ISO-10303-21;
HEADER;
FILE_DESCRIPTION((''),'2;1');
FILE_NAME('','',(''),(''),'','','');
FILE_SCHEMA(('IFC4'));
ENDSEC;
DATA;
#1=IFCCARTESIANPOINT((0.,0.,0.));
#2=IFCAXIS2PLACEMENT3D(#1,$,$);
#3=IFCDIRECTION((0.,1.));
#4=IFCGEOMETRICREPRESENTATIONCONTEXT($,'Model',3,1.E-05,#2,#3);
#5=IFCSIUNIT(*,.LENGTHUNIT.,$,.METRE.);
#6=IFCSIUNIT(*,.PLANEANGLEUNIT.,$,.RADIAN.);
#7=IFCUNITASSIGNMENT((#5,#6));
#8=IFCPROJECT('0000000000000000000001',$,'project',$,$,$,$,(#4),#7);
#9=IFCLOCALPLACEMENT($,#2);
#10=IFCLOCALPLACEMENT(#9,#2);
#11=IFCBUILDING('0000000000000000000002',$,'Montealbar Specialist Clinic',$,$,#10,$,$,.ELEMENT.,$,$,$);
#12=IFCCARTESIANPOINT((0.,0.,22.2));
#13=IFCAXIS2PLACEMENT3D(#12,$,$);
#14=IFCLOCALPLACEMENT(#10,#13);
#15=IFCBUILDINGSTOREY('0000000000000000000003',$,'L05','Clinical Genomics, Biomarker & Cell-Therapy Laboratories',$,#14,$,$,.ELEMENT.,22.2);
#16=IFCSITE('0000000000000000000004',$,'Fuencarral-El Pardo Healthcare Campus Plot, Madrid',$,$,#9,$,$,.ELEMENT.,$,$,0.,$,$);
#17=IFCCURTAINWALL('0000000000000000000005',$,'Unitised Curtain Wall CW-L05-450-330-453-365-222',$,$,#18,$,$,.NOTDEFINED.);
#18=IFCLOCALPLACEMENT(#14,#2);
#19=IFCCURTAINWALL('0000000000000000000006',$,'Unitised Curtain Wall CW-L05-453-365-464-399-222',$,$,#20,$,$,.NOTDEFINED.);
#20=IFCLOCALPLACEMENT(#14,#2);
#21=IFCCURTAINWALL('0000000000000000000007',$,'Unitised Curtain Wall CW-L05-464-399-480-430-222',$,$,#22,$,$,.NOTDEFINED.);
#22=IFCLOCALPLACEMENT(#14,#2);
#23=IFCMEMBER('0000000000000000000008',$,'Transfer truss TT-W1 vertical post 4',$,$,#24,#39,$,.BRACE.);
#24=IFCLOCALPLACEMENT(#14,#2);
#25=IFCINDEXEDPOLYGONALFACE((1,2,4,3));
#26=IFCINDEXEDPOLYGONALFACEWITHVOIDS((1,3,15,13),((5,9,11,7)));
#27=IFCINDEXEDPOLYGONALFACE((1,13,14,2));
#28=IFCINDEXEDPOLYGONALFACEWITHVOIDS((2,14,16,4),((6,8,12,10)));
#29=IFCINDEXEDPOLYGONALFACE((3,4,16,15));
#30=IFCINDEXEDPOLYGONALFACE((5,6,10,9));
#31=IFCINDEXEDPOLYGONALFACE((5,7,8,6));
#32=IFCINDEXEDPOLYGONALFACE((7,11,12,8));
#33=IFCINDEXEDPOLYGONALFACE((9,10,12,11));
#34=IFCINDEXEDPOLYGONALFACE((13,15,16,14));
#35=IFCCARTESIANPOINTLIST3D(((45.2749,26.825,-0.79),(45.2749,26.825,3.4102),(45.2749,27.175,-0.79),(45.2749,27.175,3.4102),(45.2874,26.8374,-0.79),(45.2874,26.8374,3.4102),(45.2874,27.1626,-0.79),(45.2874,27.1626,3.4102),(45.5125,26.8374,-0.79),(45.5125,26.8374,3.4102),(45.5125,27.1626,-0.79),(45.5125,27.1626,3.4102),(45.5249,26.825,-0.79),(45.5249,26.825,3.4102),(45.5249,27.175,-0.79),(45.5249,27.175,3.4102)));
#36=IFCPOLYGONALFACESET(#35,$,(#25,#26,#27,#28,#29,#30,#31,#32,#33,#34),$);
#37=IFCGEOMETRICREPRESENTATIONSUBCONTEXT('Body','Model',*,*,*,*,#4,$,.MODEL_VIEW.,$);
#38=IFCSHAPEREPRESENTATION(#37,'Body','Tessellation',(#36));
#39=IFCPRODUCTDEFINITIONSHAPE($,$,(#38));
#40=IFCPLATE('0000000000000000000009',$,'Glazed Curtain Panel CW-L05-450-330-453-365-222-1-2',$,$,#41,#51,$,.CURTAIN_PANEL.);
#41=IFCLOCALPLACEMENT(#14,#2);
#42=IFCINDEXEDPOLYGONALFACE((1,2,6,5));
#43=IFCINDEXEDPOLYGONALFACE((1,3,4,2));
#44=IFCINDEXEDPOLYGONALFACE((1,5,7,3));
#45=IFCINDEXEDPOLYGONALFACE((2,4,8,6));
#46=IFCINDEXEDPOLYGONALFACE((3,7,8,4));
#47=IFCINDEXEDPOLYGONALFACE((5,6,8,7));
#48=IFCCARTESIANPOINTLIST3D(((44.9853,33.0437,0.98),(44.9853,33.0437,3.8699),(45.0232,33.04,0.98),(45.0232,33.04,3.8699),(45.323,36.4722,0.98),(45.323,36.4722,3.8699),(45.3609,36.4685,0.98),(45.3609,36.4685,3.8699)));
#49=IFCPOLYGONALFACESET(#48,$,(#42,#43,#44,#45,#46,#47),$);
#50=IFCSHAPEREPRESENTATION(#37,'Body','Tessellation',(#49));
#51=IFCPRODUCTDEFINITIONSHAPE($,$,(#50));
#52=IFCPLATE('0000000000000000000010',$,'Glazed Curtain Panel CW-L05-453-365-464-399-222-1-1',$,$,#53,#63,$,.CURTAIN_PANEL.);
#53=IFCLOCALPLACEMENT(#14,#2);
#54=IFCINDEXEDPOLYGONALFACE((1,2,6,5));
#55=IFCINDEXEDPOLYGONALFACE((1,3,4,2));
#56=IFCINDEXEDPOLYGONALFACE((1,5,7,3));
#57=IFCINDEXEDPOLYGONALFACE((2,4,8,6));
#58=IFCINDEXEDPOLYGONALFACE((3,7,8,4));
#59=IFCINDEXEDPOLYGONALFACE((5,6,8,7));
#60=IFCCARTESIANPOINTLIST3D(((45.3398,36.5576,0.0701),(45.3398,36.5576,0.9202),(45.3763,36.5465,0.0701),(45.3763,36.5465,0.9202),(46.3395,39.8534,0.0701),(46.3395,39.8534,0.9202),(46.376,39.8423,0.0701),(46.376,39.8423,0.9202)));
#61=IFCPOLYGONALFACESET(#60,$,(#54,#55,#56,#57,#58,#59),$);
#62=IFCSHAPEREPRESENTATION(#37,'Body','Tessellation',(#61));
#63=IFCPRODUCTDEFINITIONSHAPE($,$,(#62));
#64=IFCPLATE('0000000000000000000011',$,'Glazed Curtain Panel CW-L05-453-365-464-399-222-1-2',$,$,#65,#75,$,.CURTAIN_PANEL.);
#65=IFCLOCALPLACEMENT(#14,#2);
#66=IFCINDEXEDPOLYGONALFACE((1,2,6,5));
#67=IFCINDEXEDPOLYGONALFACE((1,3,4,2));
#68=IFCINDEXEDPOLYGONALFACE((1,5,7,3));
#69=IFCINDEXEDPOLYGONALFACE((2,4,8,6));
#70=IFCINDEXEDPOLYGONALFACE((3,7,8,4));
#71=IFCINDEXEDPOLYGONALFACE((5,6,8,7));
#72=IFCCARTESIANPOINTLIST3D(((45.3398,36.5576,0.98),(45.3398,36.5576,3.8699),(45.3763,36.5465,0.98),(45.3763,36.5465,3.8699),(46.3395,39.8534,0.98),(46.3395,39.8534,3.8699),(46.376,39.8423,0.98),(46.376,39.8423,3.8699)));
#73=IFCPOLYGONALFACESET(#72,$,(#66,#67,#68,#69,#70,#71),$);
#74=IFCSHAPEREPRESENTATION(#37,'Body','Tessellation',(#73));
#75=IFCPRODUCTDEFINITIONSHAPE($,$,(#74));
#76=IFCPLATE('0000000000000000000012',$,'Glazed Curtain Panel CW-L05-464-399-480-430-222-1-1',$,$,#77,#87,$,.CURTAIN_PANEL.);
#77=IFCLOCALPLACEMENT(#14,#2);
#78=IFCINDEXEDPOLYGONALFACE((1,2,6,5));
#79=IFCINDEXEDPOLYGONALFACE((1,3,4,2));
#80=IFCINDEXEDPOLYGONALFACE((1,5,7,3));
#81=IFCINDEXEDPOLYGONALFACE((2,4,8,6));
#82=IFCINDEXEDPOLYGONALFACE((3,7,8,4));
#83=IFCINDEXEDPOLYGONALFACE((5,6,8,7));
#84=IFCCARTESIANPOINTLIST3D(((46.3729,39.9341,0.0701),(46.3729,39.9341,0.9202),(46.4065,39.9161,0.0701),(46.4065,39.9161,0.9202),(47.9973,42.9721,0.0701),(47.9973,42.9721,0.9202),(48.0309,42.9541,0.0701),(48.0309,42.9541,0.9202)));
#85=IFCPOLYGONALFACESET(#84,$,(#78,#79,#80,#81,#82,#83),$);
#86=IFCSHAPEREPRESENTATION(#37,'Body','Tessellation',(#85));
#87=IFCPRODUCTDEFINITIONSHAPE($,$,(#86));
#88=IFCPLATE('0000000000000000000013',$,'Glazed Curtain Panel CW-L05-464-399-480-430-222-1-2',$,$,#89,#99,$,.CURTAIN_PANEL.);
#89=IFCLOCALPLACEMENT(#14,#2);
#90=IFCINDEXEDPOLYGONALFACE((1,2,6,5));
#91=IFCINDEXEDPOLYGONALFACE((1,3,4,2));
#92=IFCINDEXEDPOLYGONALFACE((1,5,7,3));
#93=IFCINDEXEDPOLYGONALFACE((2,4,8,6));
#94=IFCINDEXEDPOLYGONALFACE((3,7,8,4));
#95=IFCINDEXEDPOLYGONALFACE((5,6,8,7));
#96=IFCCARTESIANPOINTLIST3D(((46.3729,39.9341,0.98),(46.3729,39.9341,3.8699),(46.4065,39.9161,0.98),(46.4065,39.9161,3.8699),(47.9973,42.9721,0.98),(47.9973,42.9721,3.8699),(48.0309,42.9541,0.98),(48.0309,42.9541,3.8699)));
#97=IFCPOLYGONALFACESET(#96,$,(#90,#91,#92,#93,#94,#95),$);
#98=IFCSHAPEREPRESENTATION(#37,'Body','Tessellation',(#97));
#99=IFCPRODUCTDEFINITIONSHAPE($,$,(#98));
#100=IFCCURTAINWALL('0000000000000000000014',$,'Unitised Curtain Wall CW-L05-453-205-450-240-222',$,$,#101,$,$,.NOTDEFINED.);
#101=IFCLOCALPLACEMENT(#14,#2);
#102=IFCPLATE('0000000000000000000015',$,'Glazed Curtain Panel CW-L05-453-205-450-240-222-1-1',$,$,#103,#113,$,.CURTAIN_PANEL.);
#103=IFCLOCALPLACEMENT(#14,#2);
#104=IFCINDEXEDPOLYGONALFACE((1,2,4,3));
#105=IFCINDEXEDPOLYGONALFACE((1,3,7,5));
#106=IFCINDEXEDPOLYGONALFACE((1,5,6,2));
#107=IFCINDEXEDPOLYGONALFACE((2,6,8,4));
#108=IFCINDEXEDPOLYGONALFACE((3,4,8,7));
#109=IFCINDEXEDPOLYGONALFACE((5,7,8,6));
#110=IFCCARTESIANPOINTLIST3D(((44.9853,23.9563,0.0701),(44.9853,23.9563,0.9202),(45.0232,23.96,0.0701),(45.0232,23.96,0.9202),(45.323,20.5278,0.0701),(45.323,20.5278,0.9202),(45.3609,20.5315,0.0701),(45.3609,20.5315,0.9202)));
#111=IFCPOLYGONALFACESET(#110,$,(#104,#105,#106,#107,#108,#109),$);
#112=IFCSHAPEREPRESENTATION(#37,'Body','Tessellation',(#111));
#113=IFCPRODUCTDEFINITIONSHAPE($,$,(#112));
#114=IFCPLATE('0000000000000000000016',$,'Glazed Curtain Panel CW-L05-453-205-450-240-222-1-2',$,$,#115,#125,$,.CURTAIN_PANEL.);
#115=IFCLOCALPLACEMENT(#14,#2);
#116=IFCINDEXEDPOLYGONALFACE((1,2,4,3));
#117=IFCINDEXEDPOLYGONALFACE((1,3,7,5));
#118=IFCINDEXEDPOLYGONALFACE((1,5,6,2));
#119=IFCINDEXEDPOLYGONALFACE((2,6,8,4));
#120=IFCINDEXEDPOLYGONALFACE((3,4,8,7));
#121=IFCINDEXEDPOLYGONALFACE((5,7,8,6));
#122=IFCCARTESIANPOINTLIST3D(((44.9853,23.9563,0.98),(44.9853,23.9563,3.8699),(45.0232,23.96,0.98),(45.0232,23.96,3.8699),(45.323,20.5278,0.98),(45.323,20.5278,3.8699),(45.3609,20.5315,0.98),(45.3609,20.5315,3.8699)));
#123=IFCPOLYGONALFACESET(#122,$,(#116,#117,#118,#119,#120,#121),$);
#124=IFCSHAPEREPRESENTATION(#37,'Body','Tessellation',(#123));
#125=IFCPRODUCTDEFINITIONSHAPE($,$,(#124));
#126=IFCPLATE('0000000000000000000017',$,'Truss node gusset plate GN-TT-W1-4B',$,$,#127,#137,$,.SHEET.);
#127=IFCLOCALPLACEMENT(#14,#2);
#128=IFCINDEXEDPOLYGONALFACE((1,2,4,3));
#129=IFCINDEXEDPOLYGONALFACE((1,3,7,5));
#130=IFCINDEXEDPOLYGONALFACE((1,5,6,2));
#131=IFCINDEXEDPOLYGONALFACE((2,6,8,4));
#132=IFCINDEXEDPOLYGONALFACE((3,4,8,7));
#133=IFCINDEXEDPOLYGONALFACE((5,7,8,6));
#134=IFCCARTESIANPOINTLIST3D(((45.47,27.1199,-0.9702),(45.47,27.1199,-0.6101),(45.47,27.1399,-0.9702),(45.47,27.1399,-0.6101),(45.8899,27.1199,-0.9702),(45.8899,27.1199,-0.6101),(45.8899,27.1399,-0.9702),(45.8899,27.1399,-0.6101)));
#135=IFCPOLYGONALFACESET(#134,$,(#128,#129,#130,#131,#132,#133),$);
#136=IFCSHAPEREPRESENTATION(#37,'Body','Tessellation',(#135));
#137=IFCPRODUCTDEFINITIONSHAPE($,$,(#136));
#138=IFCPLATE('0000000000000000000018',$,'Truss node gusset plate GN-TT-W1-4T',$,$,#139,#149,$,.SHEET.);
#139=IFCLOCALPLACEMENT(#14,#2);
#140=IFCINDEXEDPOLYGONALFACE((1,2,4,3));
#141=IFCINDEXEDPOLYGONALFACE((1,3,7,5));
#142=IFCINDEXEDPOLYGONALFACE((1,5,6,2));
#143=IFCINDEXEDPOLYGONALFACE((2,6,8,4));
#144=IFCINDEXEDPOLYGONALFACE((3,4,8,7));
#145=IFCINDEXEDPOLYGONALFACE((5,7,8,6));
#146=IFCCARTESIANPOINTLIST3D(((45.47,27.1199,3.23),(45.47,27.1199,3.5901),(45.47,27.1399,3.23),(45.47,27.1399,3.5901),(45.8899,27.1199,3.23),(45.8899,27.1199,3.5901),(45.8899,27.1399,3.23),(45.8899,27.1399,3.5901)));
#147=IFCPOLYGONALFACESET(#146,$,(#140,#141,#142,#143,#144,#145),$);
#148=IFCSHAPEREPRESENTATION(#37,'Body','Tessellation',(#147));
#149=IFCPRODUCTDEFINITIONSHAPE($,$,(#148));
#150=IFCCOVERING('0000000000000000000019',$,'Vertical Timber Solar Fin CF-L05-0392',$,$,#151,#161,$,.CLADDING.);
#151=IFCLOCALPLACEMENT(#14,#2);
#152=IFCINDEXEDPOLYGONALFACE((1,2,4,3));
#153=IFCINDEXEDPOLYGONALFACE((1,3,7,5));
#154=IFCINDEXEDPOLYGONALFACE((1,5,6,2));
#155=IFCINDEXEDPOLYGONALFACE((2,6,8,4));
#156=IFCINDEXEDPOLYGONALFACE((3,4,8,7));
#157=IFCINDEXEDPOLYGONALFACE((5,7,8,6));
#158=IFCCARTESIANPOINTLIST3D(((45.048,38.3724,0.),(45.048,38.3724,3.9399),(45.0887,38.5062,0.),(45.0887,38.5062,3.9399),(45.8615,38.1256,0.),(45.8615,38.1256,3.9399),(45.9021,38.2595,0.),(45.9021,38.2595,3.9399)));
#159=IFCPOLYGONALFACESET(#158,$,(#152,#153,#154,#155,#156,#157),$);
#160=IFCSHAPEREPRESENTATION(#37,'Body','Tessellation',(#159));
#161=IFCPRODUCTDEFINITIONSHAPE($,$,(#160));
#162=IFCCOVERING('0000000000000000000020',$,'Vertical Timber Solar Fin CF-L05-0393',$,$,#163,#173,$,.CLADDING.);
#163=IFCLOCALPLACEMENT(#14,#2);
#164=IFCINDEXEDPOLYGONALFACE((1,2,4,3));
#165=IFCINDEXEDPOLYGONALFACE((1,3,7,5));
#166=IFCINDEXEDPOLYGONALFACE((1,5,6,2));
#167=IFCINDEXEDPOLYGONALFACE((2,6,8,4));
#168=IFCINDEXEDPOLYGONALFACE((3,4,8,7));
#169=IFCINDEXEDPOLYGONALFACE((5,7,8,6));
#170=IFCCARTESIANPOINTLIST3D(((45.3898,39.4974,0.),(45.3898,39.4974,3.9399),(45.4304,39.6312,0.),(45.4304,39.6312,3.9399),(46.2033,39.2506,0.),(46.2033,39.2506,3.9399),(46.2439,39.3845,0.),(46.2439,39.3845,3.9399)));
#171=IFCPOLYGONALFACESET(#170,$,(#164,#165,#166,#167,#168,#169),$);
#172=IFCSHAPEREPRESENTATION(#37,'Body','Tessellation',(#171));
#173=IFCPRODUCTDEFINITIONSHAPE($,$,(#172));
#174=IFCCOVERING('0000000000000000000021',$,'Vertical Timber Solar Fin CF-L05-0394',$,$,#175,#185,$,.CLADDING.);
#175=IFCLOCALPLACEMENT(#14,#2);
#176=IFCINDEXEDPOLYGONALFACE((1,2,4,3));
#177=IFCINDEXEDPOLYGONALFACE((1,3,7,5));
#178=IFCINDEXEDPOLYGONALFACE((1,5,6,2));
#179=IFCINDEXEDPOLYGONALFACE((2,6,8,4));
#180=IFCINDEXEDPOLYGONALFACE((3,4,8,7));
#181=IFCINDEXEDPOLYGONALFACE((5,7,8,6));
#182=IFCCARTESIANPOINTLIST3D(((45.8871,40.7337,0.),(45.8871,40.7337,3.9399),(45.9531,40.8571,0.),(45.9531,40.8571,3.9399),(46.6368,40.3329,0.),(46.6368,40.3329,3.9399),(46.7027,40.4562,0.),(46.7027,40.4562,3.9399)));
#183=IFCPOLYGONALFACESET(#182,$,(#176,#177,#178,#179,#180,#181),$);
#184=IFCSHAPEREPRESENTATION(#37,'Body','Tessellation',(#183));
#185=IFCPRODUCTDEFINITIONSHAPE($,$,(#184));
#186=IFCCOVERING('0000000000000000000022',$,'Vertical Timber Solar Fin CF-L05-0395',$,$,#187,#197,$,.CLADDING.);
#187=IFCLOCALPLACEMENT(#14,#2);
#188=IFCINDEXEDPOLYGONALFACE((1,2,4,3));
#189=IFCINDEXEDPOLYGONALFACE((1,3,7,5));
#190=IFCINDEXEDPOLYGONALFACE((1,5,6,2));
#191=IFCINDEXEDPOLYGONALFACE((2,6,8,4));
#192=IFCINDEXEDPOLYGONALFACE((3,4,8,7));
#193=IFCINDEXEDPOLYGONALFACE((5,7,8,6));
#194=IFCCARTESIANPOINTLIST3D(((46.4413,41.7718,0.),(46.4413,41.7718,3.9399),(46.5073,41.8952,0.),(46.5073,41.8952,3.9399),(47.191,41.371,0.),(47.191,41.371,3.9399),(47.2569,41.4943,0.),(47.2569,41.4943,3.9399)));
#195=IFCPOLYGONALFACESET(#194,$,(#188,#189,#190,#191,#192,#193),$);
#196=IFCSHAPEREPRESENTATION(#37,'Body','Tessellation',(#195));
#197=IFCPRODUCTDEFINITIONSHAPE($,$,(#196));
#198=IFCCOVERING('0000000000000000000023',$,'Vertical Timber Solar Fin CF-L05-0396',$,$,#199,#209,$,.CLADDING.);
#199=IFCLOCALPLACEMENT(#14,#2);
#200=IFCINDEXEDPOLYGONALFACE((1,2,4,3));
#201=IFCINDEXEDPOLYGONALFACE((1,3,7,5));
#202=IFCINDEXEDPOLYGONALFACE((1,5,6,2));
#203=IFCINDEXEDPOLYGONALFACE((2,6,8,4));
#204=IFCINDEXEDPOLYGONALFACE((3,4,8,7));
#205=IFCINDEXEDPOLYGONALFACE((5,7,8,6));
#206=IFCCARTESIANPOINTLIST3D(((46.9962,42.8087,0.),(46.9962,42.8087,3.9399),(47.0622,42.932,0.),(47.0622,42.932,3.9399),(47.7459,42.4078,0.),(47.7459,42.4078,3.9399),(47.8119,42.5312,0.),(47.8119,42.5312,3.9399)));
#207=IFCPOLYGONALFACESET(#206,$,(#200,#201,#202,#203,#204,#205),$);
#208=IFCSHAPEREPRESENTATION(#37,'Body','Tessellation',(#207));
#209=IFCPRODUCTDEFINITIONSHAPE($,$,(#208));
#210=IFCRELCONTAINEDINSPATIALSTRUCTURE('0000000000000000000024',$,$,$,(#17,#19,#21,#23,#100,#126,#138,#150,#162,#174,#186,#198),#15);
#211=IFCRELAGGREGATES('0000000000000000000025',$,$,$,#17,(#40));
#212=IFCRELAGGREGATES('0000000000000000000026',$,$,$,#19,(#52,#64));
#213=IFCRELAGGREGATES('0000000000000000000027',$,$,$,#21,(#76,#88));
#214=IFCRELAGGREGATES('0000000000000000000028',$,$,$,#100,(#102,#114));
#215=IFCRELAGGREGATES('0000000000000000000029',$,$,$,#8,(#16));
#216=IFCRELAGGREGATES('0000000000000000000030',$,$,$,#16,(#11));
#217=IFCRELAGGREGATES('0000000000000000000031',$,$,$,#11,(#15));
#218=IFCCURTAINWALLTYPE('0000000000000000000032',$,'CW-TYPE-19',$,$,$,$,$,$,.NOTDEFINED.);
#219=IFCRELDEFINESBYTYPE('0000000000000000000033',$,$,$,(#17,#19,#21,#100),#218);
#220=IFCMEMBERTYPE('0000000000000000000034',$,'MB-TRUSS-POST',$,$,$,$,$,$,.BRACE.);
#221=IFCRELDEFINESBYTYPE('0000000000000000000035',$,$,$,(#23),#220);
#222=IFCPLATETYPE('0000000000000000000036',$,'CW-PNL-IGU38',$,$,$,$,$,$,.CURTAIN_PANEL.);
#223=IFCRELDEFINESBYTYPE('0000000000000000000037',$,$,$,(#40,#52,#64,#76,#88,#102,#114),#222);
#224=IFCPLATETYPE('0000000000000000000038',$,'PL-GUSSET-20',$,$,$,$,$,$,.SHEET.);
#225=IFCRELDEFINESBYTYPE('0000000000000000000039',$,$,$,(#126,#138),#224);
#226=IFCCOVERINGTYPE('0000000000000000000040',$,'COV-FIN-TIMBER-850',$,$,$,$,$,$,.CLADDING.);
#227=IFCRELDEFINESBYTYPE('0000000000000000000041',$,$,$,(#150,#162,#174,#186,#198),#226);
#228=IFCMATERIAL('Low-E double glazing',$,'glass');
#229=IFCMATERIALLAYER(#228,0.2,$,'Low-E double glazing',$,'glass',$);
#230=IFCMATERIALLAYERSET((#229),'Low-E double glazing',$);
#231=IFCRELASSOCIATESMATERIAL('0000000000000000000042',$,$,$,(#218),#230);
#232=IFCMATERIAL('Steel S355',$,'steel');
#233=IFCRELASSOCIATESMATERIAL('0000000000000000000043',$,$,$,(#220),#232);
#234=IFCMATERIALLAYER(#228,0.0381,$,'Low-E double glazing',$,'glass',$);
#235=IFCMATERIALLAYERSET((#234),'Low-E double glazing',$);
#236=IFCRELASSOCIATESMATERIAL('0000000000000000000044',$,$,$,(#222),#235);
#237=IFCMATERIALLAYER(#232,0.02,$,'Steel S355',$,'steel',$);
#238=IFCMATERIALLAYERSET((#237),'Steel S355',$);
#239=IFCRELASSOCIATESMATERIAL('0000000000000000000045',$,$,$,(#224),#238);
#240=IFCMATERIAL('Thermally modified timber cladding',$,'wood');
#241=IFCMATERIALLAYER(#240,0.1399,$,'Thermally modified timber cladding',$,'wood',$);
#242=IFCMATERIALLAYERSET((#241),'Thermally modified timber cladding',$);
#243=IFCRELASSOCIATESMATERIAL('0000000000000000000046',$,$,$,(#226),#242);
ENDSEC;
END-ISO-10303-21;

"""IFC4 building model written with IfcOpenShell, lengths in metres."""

from ifc_helpers import new_model, si_unit, direction, frame, origin, origin_2d, place, context, subcontext, project, spatial, rectangle, hollow_rectangle, extrude, material, layer, layer_set, material_profile, profile_set, type_object, element, aggregate, save


model = new_model("IFC4")

# Units and contexts
model_context = context("Model", 3, precision=1e-05, world=origin(), true_north=direction((0.0, 1.0)))
body_context = subcontext(model_context, "Body", "Model", "MODEL_VIEW")
ifc_project = project(units=[si_unit("LENGTHUNIT", "METRE"), si_unit("PLANEANGLEUNIT", "RADIAN")], contexts=[model_context])

# Site, building, storey
site_placement = place(None, origin())
site = spatial("IfcSite", under=ifc_project, at=site_placement, Name="Fuencarral-El Pardo Healthcare Campus Plot, Madrid", CompositionType="ELEMENT", RefElevation=0.0)
building_placement = place(site_placement, origin())
building = spatial("IfcBuilding", under=site, at=building_placement, Name="Montealbar Specialist Clinic", CompositionType="ELEMENT")
storey_placement = place(building_placement, frame((0.0, 0.0, 22.2)))
storey = spatial("IfcBuildingStorey", under=building, at=storey_placement, Name="L05", Description="Clinical Genomics, Biomarker & Cell-Therapy Laboratories", CompositionType="ELEMENT", Elevation=22.2)

# Shared definitions
ifc_material_1 = material(Name="Steel S355", Category="steel")

# Curtain wall
ifc_material_2 = material(Name="Low-E double glazing", Category="glass")
ifc_layer_1 = layer(ifc_material_2, 0.2, Name="Low-E double glazing", Category="glass")
ifc_layer_set_1 = layer_set([ifc_layer_1], Name="Low-E double glazing")
curtain_wall_type = type_object("IfcCurtainWallType", Name="CW-TYPE-19", PredefinedType="NOTDEFINED", material=ifc_layer_set_1)
curtain_wall_1_placement = place(storey_placement, origin())
curtain_wall_1 = element("IfcCurtainWall", 1, at=curtain_wall_1_placement, inside=storey, type_object=curtain_wall_type, Name="Unitised Curtain Wall CW-L05-450-330-453-365-222", PredefinedType="NOTDEFINED")

# Curtain wall
curtain_wall_2_placement = place(storey_placement, origin())
curtain_wall_2 = element("IfcCurtainWall", 2, at=curtain_wall_2_placement, inside=storey, type_object=curtain_wall_type, Name="Unitised Curtain Wall CW-L05-453-365-464-399-222", PredefinedType="NOTDEFINED")

# Curtain wall
curtain_wall_3_placement = place(storey_placement, origin())
curtain_wall_3 = element("IfcCurtainWall", 3, at=curtain_wall_3_placement, inside=storey, type_object=curtain_wall_type, Name="Unitised Curtain Wall CW-L05-464-399-480-430-222", PredefinedType="NOTDEFINED")

# Member
ifc_material_profile_1 = material_profile(ifc_material_1, hollow_rectangle(XDim=0.25, YDim=0.3501, WallThickness=0.0125, at=origin_2d()), Name="RHS 350x250x12.5", Category="steel")
ifc_profile_set_1 = profile_set([ifc_material_profile_1], Name="Steel S355")
member_type_1 = type_object("IfcMemberType", Name="MB-TRUSS-POST", PredefinedType="BRACE", material=ifc_profile_set_1)
member_1_placement = place(storey_placement, frame((45.3999, 27.0, -0.79), z_axis=(0.0, 0.0, 1.0), x_axis=(1.0, 0.0, 0.0)))
element("IfcMember", 4, at=member_1_placement, inside=storey, type_object=member_type_1, Name="Transfer truss TT-W1 vertical post 4", PredefinedType="BRACE", context=body_context, shape_type="SweptSolid", body=[
    extrude(hollow_rectangle(XDim=0.25, YDim=0.3501, WallThickness=0.0125, at=origin_2d()), origin(), (0.0, 0.0, 1.0), 4.2002),
])

# Plates
ifc_layer_2 = layer(ifc_material_2, 0.0381, Name="Low-E double glazing", Category="glass")
ifc_layer_set_2 = layer_set([ifc_layer_2], Name="Low-E double glazing")
plate_type_1 = type_object("IfcPlateType", Name="CW-PNL-IGU38", PredefinedType="CURTAIN_PANEL", material=ifc_layer_set_2)
plate_1_placement = place(storey_placement, frame((45.1731, 34.7561, 0.98), z_axis=(0.0, 0.0, 1.0), x_axis=(0.098045, 0.995182, 0.0)))
plate_1 = element("IfcPlate", 5, at=plate_1_placement, type_object=plate_type_1, Name="Glazed Curtain Panel CW-L05-450-330-453-365-222-1-2", PredefinedType="CURTAIN_PANEL", context=body_context, shape_type="SweptSolid", body=[
    extrude(rectangle(XDim=3.4451, YDim=0.0381, at=origin_2d()), origin(), (0.0, 0.0, 1.0), 2.8899),
])
aggregate(curtain_wall_1, [plate_1])
plate_2_placement = place(storey_placement, frame((45.8579, 38.2, 0.0701), z_axis=(0.0, 0.0, 1.0), x_axis=(0.290259, 0.956948, 0.0)))
plate_2 = element("IfcPlate", 6, at=plate_2_placement, type_object=plate_type_1, Name="Glazed Curtain Panel CW-L05-453-365-464-399-222-1-1", PredefinedType="CURTAIN_PANEL", context=body_context, shape_type="SweptSolid", body=[
    extrude(rectangle(XDim=3.4441, YDim=0.0381, at=origin_2d()), origin(), (0.0, 0.0, 1.0), 0.8501),
])
plate_3_placement = place(storey_placement, frame((45.8579, 38.2, 0.98), z_axis=(0.0, 0.0, 1.0), x_axis=(0.290259, 0.956948, 0.0)))
plate_3 = element("IfcPlate", 7, at=plate_3_placement, type_object=plate_type_1, Name="Glazed Curtain Panel CW-L05-453-365-464-399-222-1-2", PredefinedType="CURTAIN_PANEL", context=body_context, shape_type="SweptSolid", body=[
    extrude(rectangle(XDim=3.4441, YDim=0.0381, at=origin_2d()), origin(), (0.0, 0.0, 1.0), 2.8899),
])
aggregate(curtain_wall_2, [plate_2, plate_3])
plate_4_placement = place(storey_placement, frame((47.2019, 41.4441, 0.0701), z_axis=(0.0, 0.0, 1.0), x_axis=(0.471529, 0.88185, 0.0)))
plate_4 = element("IfcPlate", 8, at=plate_4_placement, type_object=plate_type_1, Name="Glazed Curtain Panel CW-L05-464-399-480-430-222-1-1", PredefinedType="CURTAIN_PANEL", context=body_context, shape_type="SweptSolid", body=[
    extrude(rectangle(XDim=3.4451, YDim=0.0381, at=origin_2d()), origin(), (0.0, 0.0, 1.0), 0.8501),
])
plate_5_placement = place(storey_placement, frame((47.2019, 41.4441, 0.98), z_axis=(0.0, 0.0, 1.0), x_axis=(0.471529, 0.88185, 0.0)))
plate_5 = element("IfcPlate", 9, at=plate_5_placement, type_object=plate_type_1, Name="Glazed Curtain Panel CW-L05-464-399-480-430-222-1-2", PredefinedType="CURTAIN_PANEL", context=body_context, shape_type="SweptSolid", body=[
    extrude(rectangle(XDim=3.4451, YDim=0.0381, at=origin_2d()), origin(), (0.0, 0.0, 1.0), 2.8899),
])
aggregate(curtain_wall_3, [plate_4, plate_5])

# Curtain wall, plates
curtain_wall_4_placement = place(storey_placement, origin())
curtain_wall_4 = element("IfcCurtainWall", 10, at=curtain_wall_4_placement, inside=storey, type_object=curtain_wall_type, Name="Unitised Curtain Wall CW-L05-453-205-450-240-222", PredefinedType="NOTDEFINED")
plate_6_placement = place(storey_placement, frame((45.1731, 22.2439, 0.0701), z_axis=(0.0, 0.0, 1.0), x_axis=(-0.098045, 0.995182, 0.0)))
plate_6 = element("IfcPlate", 11, at=plate_6_placement, type_object=plate_type_1, Name="Glazed Curtain Panel CW-L05-453-205-450-240-222-1-1", PredefinedType="CURTAIN_PANEL", context=body_context, shape_type="SweptSolid", body=[
    extrude(rectangle(XDim=3.4451, YDim=0.0381, at=origin_2d()), origin(), (0.0, 0.0, 1.0), 0.8501),
])
plate_7_placement = place(storey_placement, frame((45.1731, 22.2439, 0.98), z_axis=(0.0, 0.0, 1.0), x_axis=(-0.098045, 0.995182, 0.0)))
plate_7 = element("IfcPlate", 12, at=plate_7_placement, type_object=plate_type_1, Name="Glazed Curtain Panel CW-L05-453-205-450-240-222-1-2", PredefinedType="CURTAIN_PANEL", context=body_context, shape_type="SweptSolid", body=[
    extrude(rectangle(XDim=3.4451, YDim=0.0381, at=origin_2d()), origin(), (0.0, 0.0, 1.0), 2.8899),
])
aggregate(curtain_wall_4, [plate_6, plate_7])

# Plates
ifc_layer_3 = layer(ifc_material_1, 0.02, Name="Steel S355", Category="steel")
ifc_layer_set_3 = layer_set([ifc_layer_3], Name="Steel S355")
plate_type_2 = type_object("IfcPlateType", Name="PL-GUSSET-20", PredefinedType="SHEET", material=ifc_layer_set_3)
for number, where, z_axis, x_axis, name in (
    (13, (45.6799, 27.1299, -0.9702), (0.0, 0.0, 1.0), (1.0, 0.0, 0.0), "Truss node gusset plate GN-TT-W1-4B"),
    (14, (45.6799, 27.1299, 3.23), (0.0, 0.0, 1.0), (1.0, 0.0, 0.0), "Truss node gusset plate GN-TT-W1-4T"),
):
    element("IfcPlate", number, at=place(storey_placement, frame(where, z_axis=z_axis, x_axis=x_axis)), inside=storey, type_object=plate_type_2, Name=name, PredefinedType="SHEET", context=body_context, shape_type="SweptSolid", body=[
        extrude(rectangle(XDim=0.4199, YDim=0.02, at=origin_2d()), origin(), (0.0, 0.0, 1.0), 0.3601),
    ])

# Coverings
ifc_material_3 = material(Name="Thermally modified timber cladding", Category="wood")
ifc_layer_4 = layer(ifc_material_3, 0.1399, Name="Thermally modified timber cladding", Category="wood")
ifc_layer_set_4 = layer_set([ifc_layer_4], Name="Thermally modified timber cladding")
covering_type = type_object("IfcCoveringType", Name="COV-FIN-TIMBER-850", PredefinedType="CLADDING", material=ifc_layer_set_4)
for number, where, z_axis, x_axis, name in (
    (15, (45.4751, 38.3159, 0.0), (0.0, 0.0, 1.0), (-0.956948, 0.290259, 0.0), "Vertical Timber Solar Fin CF-L05-0392"),
    (16, (45.8169, 39.4409, 0.0), (0.0, 0.0, 1.0), (-0.956948, 0.290259, 0.0), "Vertical Timber Solar Fin CF-L05-0393"),
    (17, (46.2949, 40.595, 0.0), (0.0, 0.0, 1.0), (-0.88185, 0.471529, 0.0), "Vertical Timber Solar Fin CF-L05-0394"),
    (18, (46.8491, 41.6331, 0.0), (0.0, 0.0, 1.0), (-0.88185, 0.471529, 0.0), "Vertical Timber Solar Fin CF-L05-0395"),
    (19, (47.4041, 42.6699, 0.0), (0.0, 0.0, 1.0), (-0.88185, 0.471529, 0.0), "Vertical Timber Solar Fin CF-L05-0396"),
):
    element("IfcCovering", number, at=place(storey_placement, frame(where, z_axis=z_axis, x_axis=x_axis)), inside=storey, type_object=covering_type, Name=name, PredefinedType="CLADDING", context=body_context, shape_type="SweptSolid", body=[
        extrude(rectangle(XDim=0.8501, YDim=0.1399, at=origin_2d()), origin(), (0.0, 0.0, 1.0), 3.9399),
    ])

save(model, "model.ifc")
